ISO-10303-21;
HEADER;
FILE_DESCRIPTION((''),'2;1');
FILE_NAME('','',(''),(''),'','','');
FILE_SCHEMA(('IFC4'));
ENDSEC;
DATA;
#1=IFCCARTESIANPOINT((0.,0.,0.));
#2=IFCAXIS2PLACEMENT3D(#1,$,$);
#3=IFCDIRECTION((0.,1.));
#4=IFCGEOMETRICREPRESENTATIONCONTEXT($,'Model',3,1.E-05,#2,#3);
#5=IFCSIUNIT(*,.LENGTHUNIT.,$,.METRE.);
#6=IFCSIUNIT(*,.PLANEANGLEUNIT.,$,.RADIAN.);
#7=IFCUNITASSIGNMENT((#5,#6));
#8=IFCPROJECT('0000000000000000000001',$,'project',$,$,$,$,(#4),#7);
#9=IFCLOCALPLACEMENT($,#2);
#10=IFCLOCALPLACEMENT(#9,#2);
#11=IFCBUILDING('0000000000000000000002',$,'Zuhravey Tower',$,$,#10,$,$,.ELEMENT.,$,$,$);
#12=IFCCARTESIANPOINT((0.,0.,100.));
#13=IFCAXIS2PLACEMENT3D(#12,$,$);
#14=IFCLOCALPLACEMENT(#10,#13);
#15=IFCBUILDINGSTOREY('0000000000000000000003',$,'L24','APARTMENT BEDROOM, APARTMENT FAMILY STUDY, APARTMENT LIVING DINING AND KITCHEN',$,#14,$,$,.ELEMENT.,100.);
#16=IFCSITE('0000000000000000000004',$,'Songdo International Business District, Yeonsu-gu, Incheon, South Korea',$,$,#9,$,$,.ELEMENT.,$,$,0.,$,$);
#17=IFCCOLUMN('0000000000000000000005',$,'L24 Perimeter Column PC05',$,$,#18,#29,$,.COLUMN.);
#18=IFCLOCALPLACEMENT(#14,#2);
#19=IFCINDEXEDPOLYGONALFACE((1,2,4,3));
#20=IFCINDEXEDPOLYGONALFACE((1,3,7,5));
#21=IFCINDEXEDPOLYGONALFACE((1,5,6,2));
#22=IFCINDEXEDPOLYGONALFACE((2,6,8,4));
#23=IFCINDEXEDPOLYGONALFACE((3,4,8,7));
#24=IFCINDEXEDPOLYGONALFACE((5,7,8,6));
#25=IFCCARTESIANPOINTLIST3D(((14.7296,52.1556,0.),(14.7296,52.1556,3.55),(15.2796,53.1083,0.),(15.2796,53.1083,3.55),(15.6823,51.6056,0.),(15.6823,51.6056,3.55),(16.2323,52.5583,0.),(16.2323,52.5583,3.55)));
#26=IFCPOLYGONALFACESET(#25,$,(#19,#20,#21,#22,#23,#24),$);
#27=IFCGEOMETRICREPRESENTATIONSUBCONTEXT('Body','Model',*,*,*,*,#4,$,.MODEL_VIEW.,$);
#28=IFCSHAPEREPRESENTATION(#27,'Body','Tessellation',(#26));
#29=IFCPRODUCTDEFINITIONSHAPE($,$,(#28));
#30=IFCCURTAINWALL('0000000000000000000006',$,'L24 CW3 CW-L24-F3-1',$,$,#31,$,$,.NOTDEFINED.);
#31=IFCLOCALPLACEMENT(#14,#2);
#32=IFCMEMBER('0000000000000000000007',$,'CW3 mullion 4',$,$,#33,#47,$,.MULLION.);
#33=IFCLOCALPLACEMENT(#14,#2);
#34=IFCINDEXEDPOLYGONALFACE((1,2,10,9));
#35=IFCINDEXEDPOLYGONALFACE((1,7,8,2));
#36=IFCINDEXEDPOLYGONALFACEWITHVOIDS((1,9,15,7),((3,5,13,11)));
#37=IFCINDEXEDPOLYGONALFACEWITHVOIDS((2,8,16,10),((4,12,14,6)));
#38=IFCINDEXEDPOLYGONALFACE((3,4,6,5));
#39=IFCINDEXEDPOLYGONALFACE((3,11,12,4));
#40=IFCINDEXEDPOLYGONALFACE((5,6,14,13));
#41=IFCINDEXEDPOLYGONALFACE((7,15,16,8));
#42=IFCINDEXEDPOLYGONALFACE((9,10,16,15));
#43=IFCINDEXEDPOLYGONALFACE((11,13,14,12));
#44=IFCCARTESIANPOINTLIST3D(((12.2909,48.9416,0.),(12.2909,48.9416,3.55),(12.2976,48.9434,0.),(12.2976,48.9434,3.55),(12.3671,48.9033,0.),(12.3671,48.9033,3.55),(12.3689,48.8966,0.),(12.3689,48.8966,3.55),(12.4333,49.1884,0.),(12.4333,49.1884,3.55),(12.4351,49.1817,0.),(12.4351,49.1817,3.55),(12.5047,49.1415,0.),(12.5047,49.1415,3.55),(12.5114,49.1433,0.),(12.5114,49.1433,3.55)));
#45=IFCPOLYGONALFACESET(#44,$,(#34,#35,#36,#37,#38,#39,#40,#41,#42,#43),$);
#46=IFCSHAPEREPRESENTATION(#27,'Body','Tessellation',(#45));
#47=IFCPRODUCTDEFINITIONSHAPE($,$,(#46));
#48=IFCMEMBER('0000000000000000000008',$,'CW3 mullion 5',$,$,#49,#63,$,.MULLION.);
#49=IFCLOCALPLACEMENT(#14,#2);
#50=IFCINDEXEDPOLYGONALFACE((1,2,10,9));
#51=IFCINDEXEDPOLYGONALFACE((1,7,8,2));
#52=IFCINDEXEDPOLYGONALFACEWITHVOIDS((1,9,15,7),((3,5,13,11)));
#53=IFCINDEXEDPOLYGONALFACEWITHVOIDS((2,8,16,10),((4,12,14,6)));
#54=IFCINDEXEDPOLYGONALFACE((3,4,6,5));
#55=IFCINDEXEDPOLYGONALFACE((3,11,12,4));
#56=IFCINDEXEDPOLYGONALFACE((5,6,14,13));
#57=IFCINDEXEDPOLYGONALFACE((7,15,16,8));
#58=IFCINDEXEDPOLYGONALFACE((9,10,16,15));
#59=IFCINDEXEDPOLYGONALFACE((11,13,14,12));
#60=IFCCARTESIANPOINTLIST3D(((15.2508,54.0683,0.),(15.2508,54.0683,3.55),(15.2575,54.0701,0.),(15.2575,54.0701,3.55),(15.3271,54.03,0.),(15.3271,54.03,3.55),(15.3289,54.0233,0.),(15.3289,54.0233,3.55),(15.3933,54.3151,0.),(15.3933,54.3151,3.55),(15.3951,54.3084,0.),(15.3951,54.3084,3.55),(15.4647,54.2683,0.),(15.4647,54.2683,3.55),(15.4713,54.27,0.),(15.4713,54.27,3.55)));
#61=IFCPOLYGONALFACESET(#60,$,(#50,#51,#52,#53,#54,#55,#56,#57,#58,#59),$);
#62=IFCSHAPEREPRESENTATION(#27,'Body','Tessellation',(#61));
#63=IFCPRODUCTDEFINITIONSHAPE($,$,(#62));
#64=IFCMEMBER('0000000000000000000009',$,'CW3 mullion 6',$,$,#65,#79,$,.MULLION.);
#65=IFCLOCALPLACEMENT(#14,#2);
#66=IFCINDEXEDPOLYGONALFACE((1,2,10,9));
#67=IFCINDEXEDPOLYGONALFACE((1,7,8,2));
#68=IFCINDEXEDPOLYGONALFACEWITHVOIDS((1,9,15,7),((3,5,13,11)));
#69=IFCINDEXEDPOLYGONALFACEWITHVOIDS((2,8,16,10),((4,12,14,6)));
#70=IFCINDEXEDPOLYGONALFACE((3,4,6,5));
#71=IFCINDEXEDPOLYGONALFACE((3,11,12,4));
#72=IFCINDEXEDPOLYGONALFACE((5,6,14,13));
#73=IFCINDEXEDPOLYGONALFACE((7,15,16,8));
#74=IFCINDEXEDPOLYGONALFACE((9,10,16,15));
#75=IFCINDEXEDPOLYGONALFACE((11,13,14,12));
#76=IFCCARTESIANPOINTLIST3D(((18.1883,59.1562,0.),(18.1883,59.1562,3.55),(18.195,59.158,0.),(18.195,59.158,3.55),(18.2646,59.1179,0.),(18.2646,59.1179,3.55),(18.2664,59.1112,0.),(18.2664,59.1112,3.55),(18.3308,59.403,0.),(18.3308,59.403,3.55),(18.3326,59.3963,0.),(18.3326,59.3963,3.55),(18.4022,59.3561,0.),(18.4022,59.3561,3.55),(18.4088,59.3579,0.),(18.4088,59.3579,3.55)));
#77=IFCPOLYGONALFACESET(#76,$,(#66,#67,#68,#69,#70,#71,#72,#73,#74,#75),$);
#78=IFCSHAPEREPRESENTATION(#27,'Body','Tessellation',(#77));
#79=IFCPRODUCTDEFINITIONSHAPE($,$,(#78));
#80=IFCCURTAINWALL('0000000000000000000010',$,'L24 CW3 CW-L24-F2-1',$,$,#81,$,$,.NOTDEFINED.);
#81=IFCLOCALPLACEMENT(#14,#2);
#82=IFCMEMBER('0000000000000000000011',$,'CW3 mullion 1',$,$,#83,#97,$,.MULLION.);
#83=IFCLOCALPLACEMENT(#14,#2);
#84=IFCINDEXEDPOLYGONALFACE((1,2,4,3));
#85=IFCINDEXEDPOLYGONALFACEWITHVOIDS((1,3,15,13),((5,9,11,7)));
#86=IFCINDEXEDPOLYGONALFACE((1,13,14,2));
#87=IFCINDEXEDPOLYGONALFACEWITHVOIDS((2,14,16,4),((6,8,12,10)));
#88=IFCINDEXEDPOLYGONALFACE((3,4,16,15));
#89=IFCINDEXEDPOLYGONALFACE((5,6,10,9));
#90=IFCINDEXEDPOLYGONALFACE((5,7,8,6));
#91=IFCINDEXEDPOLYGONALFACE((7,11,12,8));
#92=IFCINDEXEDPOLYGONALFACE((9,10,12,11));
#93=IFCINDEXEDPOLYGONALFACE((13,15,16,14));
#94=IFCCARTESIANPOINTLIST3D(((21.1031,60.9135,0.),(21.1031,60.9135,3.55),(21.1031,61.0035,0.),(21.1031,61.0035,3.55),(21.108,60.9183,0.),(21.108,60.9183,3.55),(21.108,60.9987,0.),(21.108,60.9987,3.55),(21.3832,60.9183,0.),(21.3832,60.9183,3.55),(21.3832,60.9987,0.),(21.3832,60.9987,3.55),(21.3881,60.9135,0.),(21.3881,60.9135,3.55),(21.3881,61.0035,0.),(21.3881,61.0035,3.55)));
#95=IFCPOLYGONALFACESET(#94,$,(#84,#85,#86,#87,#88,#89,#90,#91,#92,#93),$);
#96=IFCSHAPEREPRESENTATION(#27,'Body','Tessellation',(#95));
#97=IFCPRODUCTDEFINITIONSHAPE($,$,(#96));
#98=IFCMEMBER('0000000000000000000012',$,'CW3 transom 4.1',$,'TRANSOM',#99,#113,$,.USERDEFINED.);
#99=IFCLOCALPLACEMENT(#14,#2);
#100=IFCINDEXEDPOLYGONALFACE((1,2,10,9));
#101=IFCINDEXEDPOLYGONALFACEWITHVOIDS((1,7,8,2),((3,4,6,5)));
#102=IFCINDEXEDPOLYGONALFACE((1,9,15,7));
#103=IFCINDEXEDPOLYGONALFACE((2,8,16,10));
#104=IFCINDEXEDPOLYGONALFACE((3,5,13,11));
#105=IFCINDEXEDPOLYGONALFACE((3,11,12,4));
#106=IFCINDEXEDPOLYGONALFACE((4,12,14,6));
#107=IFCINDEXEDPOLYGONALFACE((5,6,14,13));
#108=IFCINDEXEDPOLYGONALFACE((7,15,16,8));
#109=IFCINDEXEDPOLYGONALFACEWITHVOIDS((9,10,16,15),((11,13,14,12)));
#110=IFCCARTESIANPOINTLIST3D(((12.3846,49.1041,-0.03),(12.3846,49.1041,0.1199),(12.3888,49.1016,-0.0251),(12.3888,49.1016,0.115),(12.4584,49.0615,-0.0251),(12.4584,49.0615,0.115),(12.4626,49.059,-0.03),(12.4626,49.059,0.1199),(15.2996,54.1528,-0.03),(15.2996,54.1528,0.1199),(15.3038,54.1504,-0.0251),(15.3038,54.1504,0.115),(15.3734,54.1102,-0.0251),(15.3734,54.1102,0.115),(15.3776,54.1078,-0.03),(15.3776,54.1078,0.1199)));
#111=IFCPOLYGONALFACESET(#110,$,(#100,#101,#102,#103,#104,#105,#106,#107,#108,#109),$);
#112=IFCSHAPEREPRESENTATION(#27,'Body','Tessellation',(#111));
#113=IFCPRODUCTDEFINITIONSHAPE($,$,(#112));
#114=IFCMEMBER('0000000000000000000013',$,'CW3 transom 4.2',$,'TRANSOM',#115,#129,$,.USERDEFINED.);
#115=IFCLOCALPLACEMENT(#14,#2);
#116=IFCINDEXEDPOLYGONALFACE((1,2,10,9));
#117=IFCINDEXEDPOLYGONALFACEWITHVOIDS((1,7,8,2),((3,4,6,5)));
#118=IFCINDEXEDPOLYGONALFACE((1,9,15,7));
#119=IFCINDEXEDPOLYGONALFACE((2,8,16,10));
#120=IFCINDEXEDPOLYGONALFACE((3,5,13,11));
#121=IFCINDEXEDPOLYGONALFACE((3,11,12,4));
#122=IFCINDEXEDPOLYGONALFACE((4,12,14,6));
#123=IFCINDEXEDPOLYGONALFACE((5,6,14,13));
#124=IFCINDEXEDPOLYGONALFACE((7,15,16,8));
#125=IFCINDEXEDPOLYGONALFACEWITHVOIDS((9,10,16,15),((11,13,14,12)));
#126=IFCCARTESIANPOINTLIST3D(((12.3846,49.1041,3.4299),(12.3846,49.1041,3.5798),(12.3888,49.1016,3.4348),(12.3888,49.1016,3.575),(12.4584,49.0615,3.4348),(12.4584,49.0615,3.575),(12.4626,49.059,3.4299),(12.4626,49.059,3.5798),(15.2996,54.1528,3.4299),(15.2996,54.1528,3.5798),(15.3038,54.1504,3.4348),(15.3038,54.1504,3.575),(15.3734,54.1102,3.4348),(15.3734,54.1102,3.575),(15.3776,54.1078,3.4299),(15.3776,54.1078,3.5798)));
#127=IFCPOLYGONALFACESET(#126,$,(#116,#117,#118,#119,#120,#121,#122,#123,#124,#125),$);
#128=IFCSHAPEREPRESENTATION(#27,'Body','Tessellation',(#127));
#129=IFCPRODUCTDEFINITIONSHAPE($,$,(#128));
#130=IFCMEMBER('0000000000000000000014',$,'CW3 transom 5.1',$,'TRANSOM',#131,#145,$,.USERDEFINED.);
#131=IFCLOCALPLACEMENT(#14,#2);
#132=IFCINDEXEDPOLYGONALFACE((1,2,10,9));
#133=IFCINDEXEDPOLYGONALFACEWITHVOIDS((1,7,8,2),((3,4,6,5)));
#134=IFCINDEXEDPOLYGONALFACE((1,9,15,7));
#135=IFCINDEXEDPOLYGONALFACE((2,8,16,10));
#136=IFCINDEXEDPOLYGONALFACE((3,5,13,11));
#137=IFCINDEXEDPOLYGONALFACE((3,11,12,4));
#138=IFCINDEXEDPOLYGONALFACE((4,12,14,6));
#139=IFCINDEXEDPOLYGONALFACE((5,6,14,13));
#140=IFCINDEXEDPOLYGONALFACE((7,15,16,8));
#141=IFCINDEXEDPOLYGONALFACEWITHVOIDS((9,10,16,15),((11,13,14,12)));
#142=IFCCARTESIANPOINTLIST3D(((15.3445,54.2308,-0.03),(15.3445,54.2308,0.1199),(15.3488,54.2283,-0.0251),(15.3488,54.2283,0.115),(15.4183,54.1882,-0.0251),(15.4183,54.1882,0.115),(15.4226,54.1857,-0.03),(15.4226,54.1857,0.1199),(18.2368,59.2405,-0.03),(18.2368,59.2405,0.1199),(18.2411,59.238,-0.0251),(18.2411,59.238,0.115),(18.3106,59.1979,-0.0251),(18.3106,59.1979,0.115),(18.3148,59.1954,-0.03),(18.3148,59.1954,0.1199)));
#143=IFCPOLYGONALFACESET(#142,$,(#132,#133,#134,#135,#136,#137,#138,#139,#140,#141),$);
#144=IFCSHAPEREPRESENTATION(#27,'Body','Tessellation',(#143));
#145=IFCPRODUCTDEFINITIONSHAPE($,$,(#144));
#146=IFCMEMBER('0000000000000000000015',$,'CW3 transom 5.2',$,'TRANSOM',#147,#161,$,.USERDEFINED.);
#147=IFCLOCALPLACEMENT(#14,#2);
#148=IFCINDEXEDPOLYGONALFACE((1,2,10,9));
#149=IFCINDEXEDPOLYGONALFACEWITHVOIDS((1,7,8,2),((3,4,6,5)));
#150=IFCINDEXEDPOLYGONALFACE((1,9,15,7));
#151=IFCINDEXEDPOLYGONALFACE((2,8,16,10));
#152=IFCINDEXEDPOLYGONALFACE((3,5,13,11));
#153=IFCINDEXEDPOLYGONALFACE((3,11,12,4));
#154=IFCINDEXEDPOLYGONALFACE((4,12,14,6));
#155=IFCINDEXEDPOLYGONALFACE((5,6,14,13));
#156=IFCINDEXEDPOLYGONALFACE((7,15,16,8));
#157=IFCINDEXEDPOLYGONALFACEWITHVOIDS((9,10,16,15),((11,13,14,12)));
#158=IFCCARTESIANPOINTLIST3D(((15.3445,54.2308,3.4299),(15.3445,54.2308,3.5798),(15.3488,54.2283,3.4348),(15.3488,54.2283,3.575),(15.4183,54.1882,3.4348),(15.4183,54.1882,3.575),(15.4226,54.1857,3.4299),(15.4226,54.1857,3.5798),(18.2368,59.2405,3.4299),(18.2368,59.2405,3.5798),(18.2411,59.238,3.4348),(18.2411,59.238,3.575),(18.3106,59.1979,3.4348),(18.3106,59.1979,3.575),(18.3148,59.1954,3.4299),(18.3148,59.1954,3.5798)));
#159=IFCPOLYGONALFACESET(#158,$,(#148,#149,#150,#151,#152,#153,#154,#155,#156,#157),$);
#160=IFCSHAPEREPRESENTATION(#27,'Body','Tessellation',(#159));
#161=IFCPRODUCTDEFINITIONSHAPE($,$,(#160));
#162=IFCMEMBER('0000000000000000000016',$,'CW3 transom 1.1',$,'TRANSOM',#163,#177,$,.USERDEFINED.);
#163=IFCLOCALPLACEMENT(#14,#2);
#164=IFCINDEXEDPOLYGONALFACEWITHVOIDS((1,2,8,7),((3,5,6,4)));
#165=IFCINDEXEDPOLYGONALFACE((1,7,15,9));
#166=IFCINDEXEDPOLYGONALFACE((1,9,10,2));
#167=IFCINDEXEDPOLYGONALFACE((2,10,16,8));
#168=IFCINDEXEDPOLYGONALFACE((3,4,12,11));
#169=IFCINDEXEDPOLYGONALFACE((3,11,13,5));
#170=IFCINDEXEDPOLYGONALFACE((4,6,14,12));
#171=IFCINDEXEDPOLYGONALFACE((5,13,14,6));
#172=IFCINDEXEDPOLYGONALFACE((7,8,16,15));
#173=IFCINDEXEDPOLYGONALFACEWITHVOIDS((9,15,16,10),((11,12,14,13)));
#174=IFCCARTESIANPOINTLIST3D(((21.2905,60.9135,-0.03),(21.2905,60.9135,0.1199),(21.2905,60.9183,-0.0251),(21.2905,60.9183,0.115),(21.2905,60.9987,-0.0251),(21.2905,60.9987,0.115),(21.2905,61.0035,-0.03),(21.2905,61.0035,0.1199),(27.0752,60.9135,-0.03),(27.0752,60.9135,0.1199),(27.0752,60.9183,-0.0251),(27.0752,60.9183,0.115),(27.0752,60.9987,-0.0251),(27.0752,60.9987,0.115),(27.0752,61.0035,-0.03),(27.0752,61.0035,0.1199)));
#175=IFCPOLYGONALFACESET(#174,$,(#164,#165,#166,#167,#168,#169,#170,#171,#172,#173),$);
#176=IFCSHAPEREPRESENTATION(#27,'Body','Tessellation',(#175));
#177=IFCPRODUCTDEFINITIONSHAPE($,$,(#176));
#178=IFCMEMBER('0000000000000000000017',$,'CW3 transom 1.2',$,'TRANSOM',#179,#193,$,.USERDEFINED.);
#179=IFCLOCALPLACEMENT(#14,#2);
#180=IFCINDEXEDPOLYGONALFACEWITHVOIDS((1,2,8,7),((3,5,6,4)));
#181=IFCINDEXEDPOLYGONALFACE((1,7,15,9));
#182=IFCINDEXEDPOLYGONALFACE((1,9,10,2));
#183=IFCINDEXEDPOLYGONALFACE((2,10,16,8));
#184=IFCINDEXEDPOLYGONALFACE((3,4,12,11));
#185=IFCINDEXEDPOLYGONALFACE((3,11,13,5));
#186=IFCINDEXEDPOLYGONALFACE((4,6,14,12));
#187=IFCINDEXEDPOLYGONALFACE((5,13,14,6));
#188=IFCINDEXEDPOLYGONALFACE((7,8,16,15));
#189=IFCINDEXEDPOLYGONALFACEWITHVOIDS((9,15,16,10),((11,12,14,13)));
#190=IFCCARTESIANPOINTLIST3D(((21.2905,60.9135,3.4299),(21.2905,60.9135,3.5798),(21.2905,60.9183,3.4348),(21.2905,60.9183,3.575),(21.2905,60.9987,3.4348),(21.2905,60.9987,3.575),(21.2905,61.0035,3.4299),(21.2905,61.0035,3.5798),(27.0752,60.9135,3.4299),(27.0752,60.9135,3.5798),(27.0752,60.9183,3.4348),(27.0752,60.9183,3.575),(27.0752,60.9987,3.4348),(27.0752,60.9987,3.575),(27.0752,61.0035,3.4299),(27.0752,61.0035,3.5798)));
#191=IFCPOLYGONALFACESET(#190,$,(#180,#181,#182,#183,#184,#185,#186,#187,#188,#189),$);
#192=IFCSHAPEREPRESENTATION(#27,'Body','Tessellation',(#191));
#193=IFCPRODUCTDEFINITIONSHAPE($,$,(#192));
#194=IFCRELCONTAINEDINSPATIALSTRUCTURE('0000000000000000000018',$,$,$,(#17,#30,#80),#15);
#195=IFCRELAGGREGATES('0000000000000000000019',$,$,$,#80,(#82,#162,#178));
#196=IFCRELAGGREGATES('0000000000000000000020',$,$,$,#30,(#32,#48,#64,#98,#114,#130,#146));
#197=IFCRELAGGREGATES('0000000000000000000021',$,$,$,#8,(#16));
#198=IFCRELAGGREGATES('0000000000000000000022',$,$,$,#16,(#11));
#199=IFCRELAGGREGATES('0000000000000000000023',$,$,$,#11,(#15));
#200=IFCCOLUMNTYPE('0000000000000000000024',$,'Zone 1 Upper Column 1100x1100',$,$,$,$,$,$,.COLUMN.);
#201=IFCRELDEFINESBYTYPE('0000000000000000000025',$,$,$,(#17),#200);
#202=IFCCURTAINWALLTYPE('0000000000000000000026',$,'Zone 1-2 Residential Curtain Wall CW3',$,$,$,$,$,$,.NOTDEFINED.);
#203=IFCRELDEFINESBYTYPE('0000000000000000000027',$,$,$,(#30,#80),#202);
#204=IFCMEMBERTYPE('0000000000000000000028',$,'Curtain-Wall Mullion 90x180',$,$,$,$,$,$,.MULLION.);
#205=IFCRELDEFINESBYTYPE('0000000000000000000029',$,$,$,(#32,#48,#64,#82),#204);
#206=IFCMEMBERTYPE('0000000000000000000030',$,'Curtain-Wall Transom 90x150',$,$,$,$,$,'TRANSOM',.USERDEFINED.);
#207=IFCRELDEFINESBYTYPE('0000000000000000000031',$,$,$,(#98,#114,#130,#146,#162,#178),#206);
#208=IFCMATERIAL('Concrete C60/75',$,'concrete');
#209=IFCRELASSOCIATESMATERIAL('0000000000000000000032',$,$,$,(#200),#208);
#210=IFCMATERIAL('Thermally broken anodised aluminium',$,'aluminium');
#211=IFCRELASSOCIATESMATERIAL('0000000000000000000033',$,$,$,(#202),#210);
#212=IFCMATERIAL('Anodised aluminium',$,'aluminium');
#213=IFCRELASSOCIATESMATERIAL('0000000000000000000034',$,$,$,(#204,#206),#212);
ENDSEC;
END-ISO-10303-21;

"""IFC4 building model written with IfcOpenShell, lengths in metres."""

from ifc_helpers import new_model, si_unit, direction, frame, origin, origin_2d, place, context, subcontext, project, spatial, rectangle, hollow_rectangle, extrude, material, material_profile, profile_set, type_object, element, aggregate, save


model = new_model("IFC4")

# Units and contexts
model_context = context("Model", 3, precision=1e-05, world=origin(), true_north=direction((0.0, 1.0)))
body_context = subcontext(model_context, "Body", "Model", "MODEL_VIEW")
ifc_project = project(units=[si_unit("LENGTHUNIT", "METRE"), si_unit("PLANEANGLEUNIT", "RADIAN")], contexts=[model_context])

# Site, building, storey
site_placement = place(None, origin())
site = spatial("IfcSite", under=ifc_project, at=site_placement, Name="Songdo International Business District, Yeonsu-gu, Incheon, South Korea", CompositionType="ELEMENT", RefElevation=0.0)
building_placement = place(site_placement, origin())
building = spatial("IfcBuilding", under=site, at=building_placement, Name="Zuhravey Tower", CompositionType="ELEMENT")
storey_placement = place(building_placement, frame((0.0, 0.0, 100.0)))
storey = spatial("IfcBuildingStorey", under=building, at=storey_placement, Name="L24", Description="APARTMENT BEDROOM, APARTMENT FAMILY STUDY, APARTMENT LIVING DINING AND KITCHEN", CompositionType="ELEMENT", Elevation=100.0)

# Column
ifc_material_1 = material(Name="Concrete C60/75", Category="concrete")
ifc_material_profile_1 = material_profile(ifc_material_1, rectangle(XDim=1.1001, YDim=1.1001, at=origin_2d()), Name="RC-1100x1100")
ifc_profile_set_1 = profile_set([ifc_material_profile_1], Name="Concrete C60/75")
column_type = type_object("IfcColumnType", Name="Zone 1 Upper Column 1100x1100", PredefinedType="COLUMN", material=ifc_profile_set_1)
column_placement = place(storey_placement, frame((15.481, 52.3569, 0.0), z_axis=(0.0, 0.0, 1.0), x_axis=(-0.5, -0.866025, 0.0)))
element("IfcColumn", 1, at=column_placement, inside=storey, type_object=column_type, Name="L24 Perimeter Column PC05", PredefinedType="COLUMN", context=body_context, shape_type="SweptSolid", body=[
    extrude(rectangle(XDim=1.1001, YDim=1.1001, at=origin_2d()), origin(), (0.0, 0.0, 1.0), 3.55),
])

# Curtain wall, members
ifc_material_2 = material(Name="Thermally broken anodised aluminium", Category="aluminium")
curtain_wall_type = type_object("IfcCurtainWallType", Name="Zone 1-2 Residential Curtain Wall CW3", PredefinedType="NOTDEFINED", material=ifc_material_2)
curtain_wall_1_placement = place(storey_placement, origin())
curtain_wall_1 = element("IfcCurtainWall", 2, at=curtain_wall_1_placement, inside=storey, type_object=curtain_wall_type, Name="L24 CW3 CW-L24-F3-1", PredefinedType="NOTDEFINED")
ifc_material_3 = material(Name="Anodised aluminium", Category="aluminium")
ifc_material_profile_2 = material_profile(ifc_material_3, hollow_rectangle(XDim=0.0901, YDim=0.2849, WallThickness=0.0049, at=origin_2d()), Name="ALU-RHS-90x285x5")
ifc_profile_set_2 = profile_set([ifc_material_profile_2], Name="Anodised aluminium")
member_type_1 = type_object("IfcMemberType", Name="Curtain-Wall Mullion 90x180", PredefinedType="MULLION", material=ifc_profile_set_2)
member_1_placement = place(storey_placement, frame((12.4011, 49.0425, 0.0), z_axis=(0.0, 0.0, 1.0), x_axis=(-0.866026, 0.5, 0.0)))
member_1 = element("IfcMember", 3, at=member_1_placement, type_object=member_type_1, Name="CW3 mullion 4", PredefinedType="MULLION", context=body_context, shape_type="SweptSolid", body=[
    extrude(hollow_rectangle(XDim=0.0901, YDim=0.2849, WallThickness=0.0049, at=origin_2d()), origin(), (0.0, 0.0, 1.0), 3.55),
])
member_2_placement = place(storey_placement, frame((15.3611, 54.1692, 0.0), z_axis=(0.0, 0.0, 1.0), x_axis=(-0.866026, 0.5, 0.0)))
member_2 = element("IfcMember", 4, at=member_2_placement, type_object=member_type_1, Name="CW3 mullion 5", PredefinedType="MULLION", context=body_context, shape_type="SweptSolid", body=[
    extrude(hollow_rectangle(XDim=0.0901, YDim=0.2849, WallThickness=0.0049, at=origin_2d()), origin(), (0.0, 0.0, 1.0), 3.55),
])
member_3_placement = place(storey_placement, frame((18.2986, 59.2571, 0.0), z_axis=(0.0, 0.0, 1.0), x_axis=(-0.866026, 0.5, 0.0)))
member_3 = element("IfcMember", 5, at=member_3_placement, type_object=member_type_1, Name="CW3 mullion 6", PredefinedType="MULLION", context=body_context, shape_type="SweptSolid", body=[
    extrude(hollow_rectangle(XDim=0.0901, YDim=0.2849, WallThickness=0.0049, at=origin_2d()), origin(), (0.0, 0.0, 1.0), 3.55),
])

# Curtain wall, member
curtain_wall_2_placement = place(storey_placement, origin())
curtain_wall_2 = element("IfcCurtainWall", 6, at=curtain_wall_2_placement, inside=storey, type_object=curtain_wall_type, Name="L24 CW3 CW-L24-F2-1", PredefinedType="NOTDEFINED")
member_4_placement = place(storey_placement, frame((21.2456, 60.9585, 0.0), z_axis=(0.0, 0.0, 1.0), x_axis=(0.0, 1.0, 0.0)))
member_4 = element("IfcMember", 7, at=member_4_placement, type_object=member_type_1, Name="CW3 mullion 1", PredefinedType="MULLION", context=body_context, shape_type="SweptSolid", body=[
    extrude(hollow_rectangle(XDim=0.0901, YDim=0.2849, WallThickness=0.0049, at=origin_2d()), origin(), (0.0, 0.0, 1.0), 3.55),
])

# Members
ifc_material_profile_3 = material_profile(ifc_material_3, hollow_rectangle(XDim=0.0901, YDim=0.1499, WallThickness=0.0049, at=origin_2d()), Name="ALU-RHS-90x150x5")
ifc_profile_set_3 = profile_set([ifc_material_profile_3], Name="Anodised aluminium")
member_type_2 = type_object("IfcMemberType", Name="Curtain-Wall Transom 90x150", ElementType="TRANSOM", PredefinedType="USERDEFINED", material=ifc_profile_set_3)
member_5_placement = place(storey_placement, frame((12.4236, 49.0815, 0.0449), z_axis=(0.500012, 0.866018, 0.0), x_axis=(-0.866018, 0.500012, 0.0)))
member_5 = element("IfcMember", 8, at=member_5_placement, type_object=member_type_2, Name="CW3 transom 4.1", ObjectType="TRANSOM", PredefinedType="USERDEFINED", context=body_context, shape_type="SweptSolid", body=[
    extrude(hollow_rectangle(XDim=0.0901, YDim=0.1499, WallThickness=0.0049, at=origin_2d()), origin(), (0.0, 0.0, 1.0), 5.8298),
])
member_6_placement = place(storey_placement, frame((12.4236, 49.0815, 3.5049), z_axis=(0.500012, 0.866018, 0.0), x_axis=(-0.866018, 0.500012, 0.0)))
member_6 = element("IfcMember", 9, at=member_6_placement, type_object=member_type_2, Name="CW3 transom 4.2", ObjectType="TRANSOM", PredefinedType="USERDEFINED", context=body_context, shape_type="SweptSolid", body=[
    extrude(hollow_rectangle(XDim=0.0901, YDim=0.1499, WallThickness=0.0049, at=origin_2d()), origin(), (0.0, 0.0, 1.0), 5.8298),
])
member_7_placement = place(storey_placement, frame((15.3835, 54.2083, 0.0449), z_axis=(0.499993, 0.86603, 0.0), x_axis=(-0.86603, 0.499993, 0.0)))
member_7 = element("IfcMember", 10, at=member_7_placement, type_object=member_type_2, Name="CW3 transom 5.1", ObjectType="TRANSOM", PredefinedType="USERDEFINED", context=body_context, shape_type="SweptSolid", body=[
    extrude(hollow_rectangle(XDim=0.0901, YDim=0.1499, WallThickness=0.0049, at=origin_2d()), origin(), (0.0, 0.0, 1.0), 5.7847),
])
member_8_placement = place(storey_placement, frame((15.3835, 54.2083, 3.5049), z_axis=(0.499993, 0.86603, 0.0), x_axis=(-0.86603, 0.499993, 0.0)))
member_8 = element("IfcMember", 11, at=member_8_placement, type_object=member_type_2, Name="CW3 transom 5.2", ObjectType="TRANSOM", PredefinedType="USERDEFINED", context=body_context, shape_type="SweptSolid", body=[
    extrude(hollow_rectangle(XDim=0.0901, YDim=0.1499, WallThickness=0.0049, at=origin_2d()), origin(), (0.0, 0.0, 1.0), 5.7847),
])
member_9_placement = place(storey_placement, frame((21.2905, 60.9585, 0.0449), z_axis=(1.0, 0.0, 0.0), x_axis=(0.0, 1.0, 0.0)))
member_9 = element("IfcMember", 12, at=member_9_placement, type_object=member_type_2, Name="CW3 transom 1.1", ObjectType="TRANSOM", PredefinedType="USERDEFINED", context=body_context, shape_type="SweptSolid", body=[
    extrude(hollow_rectangle(XDim=0.0901, YDim=0.1499, WallThickness=0.0049, at=origin_2d()), origin(), (0.0, 0.0, 1.0), 5.7847),
])
member_10_placement = place(storey_placement, frame((21.2905, 60.9585, 3.5049), z_axis=(1.0, 0.0, 0.0), x_axis=(0.0, 1.0, 0.0)))
member_10 = element("IfcMember", 13, at=member_10_placement, type_object=member_type_2, Name="CW3 transom 1.2", ObjectType="TRANSOM", PredefinedType="USERDEFINED", context=body_context, shape_type="SweptSolid", body=[
    extrude(hollow_rectangle(XDim=0.0901, YDim=0.1499, WallThickness=0.0049, at=origin_2d()), origin(), (0.0, 0.0, 1.0), 5.7847),
])
aggregate(curtain_wall_2, [member_4, member_9, member_10])

aggregate(curtain_wall_1, [member_1, member_2, member_3, member_5, member_6, member_7, member_8])

save(model, "model.ifc")
